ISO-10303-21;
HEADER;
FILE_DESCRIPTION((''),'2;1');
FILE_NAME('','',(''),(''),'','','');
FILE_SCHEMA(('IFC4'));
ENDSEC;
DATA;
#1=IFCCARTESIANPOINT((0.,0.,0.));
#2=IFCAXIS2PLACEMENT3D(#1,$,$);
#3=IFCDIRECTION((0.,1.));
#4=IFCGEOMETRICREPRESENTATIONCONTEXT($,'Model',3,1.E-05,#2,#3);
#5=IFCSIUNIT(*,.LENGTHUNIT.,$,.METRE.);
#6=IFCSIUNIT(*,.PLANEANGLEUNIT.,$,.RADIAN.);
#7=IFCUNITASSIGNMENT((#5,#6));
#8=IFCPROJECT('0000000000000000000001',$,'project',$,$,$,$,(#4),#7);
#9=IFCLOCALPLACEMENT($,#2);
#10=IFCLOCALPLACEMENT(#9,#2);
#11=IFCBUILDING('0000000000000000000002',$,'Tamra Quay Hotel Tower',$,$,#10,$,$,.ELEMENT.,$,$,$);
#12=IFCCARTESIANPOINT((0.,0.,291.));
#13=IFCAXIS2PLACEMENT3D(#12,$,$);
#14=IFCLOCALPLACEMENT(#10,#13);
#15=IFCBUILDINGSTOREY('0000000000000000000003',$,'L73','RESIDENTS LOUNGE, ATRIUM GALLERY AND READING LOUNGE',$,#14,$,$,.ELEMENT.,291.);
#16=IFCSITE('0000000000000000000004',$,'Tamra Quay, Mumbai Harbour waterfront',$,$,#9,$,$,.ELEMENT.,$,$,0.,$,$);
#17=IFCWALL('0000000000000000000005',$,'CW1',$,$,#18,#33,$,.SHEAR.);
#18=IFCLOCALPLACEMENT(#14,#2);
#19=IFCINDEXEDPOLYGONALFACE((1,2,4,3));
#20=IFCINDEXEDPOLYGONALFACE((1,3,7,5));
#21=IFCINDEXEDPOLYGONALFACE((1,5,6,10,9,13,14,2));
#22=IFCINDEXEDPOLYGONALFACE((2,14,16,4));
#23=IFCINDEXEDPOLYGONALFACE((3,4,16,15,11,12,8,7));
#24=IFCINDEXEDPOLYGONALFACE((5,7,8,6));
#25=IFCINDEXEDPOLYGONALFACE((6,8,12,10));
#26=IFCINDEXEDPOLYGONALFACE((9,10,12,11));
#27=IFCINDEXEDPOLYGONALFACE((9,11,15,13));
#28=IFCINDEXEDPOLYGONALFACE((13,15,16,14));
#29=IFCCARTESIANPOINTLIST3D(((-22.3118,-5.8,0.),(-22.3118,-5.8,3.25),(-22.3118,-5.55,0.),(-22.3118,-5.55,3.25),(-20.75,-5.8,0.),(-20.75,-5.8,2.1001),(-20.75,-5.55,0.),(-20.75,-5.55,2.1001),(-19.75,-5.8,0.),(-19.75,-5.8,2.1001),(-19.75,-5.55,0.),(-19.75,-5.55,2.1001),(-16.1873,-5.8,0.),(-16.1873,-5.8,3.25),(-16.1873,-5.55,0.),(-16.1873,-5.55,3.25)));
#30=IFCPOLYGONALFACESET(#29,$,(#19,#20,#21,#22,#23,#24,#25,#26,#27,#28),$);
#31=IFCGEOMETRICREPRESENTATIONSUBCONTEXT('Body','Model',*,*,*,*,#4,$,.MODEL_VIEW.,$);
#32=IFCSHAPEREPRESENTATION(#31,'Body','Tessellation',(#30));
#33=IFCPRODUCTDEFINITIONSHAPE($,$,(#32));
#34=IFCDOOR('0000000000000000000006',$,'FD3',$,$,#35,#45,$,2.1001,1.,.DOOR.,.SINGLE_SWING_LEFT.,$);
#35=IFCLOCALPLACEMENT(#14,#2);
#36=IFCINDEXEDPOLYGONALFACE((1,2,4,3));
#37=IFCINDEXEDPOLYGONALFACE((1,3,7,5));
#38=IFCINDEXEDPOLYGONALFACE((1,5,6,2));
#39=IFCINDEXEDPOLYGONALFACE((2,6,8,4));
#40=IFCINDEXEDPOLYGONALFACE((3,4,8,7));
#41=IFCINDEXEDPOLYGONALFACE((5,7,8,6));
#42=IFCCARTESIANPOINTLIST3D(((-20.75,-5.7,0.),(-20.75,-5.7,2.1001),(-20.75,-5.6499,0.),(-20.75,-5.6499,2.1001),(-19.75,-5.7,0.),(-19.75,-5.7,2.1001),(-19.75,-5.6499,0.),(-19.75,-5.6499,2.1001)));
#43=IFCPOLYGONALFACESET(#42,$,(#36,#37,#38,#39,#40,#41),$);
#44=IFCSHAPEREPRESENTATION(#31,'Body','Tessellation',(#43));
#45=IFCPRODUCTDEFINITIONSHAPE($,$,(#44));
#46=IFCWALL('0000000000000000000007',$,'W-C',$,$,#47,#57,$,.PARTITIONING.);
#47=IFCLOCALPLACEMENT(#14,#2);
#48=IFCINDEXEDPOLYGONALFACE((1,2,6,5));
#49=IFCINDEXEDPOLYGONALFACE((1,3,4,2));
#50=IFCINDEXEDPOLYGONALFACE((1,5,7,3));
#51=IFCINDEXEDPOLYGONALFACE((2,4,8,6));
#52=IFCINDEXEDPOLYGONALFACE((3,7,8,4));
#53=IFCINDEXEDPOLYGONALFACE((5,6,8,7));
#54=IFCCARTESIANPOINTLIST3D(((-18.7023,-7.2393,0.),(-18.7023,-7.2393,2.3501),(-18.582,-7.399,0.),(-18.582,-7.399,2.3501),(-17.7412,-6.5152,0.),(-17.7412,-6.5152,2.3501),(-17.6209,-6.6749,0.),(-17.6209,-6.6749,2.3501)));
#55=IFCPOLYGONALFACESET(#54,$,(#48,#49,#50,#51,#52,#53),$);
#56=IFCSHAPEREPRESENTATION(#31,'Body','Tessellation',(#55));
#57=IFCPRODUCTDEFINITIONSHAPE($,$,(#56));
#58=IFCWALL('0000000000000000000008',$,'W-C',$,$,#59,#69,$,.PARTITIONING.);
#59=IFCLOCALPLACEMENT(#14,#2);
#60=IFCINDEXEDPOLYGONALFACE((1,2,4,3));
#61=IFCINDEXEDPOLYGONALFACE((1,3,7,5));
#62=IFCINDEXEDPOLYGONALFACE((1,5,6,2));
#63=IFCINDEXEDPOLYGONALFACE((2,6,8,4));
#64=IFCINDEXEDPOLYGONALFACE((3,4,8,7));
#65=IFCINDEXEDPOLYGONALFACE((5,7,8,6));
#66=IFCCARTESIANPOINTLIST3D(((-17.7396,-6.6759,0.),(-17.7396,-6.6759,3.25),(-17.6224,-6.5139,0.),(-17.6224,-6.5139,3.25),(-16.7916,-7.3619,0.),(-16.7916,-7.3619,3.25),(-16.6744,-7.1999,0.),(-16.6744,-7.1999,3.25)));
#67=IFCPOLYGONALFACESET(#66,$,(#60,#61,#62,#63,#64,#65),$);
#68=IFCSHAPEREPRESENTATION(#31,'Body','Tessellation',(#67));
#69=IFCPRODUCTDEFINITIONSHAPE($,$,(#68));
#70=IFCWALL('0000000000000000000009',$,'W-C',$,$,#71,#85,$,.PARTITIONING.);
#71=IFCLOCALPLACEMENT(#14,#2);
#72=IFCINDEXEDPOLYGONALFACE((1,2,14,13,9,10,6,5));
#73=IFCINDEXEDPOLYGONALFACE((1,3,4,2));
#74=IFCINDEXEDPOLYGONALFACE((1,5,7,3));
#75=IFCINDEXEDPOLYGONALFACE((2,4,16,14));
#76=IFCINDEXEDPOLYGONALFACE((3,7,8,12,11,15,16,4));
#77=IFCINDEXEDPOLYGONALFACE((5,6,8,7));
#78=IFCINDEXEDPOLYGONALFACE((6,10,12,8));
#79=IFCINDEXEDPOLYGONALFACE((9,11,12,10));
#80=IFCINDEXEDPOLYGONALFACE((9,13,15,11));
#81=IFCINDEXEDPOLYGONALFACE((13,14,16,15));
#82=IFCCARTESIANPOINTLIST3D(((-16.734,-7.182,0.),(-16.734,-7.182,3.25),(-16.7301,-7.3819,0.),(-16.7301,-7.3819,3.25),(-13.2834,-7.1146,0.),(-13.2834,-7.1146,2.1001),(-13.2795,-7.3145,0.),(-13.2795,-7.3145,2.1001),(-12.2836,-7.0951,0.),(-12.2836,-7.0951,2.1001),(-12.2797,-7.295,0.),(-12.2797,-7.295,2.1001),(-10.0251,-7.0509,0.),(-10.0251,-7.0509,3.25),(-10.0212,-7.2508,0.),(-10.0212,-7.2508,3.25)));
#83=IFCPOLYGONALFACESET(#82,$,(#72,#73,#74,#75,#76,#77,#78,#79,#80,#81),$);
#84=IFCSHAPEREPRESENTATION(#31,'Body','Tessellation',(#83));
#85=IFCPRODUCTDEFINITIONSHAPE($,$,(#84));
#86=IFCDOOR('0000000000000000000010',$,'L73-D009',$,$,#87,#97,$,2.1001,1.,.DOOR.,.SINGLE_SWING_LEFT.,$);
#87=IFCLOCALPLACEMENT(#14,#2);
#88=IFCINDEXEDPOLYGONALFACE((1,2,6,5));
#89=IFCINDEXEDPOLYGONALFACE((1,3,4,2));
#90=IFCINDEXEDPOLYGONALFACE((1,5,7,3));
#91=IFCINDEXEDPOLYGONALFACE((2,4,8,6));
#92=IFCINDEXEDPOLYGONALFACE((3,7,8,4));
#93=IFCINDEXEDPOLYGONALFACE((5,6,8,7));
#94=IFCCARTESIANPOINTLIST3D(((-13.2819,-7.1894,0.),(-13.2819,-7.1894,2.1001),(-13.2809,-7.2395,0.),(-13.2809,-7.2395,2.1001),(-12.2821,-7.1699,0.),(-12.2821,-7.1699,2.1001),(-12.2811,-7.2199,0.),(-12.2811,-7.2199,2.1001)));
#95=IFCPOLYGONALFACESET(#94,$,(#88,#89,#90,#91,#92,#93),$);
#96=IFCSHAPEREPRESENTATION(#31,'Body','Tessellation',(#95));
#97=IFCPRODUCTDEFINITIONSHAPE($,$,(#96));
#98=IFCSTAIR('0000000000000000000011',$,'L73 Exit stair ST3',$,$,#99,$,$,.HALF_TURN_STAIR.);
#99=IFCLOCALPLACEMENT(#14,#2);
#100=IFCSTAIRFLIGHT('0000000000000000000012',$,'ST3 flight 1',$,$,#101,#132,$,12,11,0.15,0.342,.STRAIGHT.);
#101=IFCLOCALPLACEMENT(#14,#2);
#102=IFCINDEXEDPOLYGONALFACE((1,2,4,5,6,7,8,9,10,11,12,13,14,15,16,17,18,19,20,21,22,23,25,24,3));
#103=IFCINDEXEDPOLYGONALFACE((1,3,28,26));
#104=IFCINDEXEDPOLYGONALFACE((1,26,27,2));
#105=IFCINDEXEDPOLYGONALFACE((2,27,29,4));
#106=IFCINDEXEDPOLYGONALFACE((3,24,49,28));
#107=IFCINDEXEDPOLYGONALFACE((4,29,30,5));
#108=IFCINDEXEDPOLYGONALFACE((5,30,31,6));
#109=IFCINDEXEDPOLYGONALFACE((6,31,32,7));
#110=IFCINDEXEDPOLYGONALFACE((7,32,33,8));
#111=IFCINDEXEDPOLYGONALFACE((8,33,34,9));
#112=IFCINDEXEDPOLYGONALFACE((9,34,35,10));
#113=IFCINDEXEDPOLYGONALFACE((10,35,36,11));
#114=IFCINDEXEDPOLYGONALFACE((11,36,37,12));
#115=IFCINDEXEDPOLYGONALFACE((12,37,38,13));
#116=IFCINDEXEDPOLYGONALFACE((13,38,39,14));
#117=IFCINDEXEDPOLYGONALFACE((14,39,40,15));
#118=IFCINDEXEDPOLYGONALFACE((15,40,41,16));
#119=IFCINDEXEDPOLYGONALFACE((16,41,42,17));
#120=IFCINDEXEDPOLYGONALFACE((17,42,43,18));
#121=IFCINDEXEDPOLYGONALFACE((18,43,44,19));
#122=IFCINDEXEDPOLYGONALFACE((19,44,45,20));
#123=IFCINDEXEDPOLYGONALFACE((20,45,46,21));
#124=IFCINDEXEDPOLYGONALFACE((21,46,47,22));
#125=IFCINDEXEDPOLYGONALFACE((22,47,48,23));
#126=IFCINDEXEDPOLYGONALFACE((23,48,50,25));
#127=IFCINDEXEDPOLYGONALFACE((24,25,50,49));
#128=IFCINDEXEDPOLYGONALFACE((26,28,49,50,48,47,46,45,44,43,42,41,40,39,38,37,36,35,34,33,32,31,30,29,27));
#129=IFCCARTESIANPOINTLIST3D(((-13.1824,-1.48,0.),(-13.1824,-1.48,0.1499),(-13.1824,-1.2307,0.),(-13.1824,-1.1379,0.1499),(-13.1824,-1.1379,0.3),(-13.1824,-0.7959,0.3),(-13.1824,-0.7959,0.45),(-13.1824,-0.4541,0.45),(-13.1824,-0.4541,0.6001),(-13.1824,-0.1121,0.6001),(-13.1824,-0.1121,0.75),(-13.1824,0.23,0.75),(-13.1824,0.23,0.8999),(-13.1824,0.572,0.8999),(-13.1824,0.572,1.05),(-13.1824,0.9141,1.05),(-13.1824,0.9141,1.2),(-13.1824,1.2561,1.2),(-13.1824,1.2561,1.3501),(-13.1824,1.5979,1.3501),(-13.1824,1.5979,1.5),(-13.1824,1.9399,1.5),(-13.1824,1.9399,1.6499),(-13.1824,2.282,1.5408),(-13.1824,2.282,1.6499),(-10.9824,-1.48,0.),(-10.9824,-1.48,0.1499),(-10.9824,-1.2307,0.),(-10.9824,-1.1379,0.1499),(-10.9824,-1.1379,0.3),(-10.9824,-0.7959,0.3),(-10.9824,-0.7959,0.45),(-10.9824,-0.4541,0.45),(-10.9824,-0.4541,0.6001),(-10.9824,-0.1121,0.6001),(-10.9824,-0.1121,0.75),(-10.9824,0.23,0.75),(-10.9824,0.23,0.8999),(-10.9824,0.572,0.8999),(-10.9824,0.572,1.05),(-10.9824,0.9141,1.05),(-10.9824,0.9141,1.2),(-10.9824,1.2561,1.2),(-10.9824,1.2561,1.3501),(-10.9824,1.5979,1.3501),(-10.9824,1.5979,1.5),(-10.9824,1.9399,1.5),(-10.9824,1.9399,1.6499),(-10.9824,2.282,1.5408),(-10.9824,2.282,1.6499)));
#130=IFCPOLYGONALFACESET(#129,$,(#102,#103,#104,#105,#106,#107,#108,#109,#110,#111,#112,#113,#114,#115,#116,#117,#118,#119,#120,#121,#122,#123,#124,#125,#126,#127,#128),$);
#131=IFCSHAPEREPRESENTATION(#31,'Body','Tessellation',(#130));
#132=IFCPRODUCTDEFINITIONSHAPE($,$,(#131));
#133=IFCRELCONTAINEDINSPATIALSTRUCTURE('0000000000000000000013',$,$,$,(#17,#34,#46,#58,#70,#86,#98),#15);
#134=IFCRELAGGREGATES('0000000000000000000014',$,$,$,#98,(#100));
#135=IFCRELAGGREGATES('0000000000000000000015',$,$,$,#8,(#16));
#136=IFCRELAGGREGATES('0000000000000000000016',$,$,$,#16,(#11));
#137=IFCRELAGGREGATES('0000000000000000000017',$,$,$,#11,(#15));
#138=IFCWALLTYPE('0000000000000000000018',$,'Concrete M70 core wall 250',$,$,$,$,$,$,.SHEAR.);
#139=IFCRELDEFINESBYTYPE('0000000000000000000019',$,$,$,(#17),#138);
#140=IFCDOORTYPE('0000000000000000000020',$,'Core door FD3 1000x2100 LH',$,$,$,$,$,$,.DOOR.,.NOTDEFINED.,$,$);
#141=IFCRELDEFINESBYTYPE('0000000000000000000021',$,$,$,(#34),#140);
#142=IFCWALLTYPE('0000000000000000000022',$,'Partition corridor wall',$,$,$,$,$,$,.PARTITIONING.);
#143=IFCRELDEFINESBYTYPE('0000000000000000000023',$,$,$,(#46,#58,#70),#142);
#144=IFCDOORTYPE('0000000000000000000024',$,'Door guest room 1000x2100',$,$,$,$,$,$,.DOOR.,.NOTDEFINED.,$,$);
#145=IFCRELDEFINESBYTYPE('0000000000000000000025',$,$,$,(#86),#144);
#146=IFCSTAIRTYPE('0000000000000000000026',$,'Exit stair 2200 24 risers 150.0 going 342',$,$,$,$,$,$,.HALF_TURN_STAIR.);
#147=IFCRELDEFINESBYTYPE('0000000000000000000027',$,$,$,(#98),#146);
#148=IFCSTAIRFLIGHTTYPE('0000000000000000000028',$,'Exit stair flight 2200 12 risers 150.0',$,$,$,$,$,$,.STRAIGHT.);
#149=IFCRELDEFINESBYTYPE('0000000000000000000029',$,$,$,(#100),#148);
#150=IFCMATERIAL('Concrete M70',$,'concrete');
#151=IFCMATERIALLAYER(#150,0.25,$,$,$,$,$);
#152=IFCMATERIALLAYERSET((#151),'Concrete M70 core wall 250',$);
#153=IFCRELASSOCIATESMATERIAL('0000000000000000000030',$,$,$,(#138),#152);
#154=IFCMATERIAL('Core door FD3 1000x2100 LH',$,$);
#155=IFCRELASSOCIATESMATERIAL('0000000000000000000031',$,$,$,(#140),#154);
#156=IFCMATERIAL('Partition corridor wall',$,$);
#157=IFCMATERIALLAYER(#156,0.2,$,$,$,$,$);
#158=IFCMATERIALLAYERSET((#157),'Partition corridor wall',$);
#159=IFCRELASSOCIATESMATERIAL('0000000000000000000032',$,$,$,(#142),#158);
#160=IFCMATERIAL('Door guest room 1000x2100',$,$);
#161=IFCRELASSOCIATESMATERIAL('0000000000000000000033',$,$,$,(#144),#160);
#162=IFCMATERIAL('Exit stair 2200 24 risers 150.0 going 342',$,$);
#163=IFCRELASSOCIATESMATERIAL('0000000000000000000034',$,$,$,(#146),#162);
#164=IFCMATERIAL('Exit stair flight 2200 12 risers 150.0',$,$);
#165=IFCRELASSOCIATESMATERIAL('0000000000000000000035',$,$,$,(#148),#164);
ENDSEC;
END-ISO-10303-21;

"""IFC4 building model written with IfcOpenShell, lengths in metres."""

from ifc_helpers import new_model, si_unit, direction, frame, frame_2d, origin, place, context, subcontext, project, spatial, polyline, rectangle, outline, extrude, material, layer, layer_set, type_object, element, fill, aggregate, save


model = new_model("IFC4")

# Units and contexts
model_context = context("Model", 3, precision=1e-05, world=origin(), true_north=direction((0.0, 1.0)))
body_context = subcontext(model_context, "Body", "Model", "MODEL_VIEW")
ifc_project = project(units=[si_unit("LENGTHUNIT", "METRE"), si_unit("PLANEANGLEUNIT", "RADIAN")], contexts=[model_context])

# Site, building, storey
site_placement = place(None, origin())
site = spatial("IfcSite", under=ifc_project, at=site_placement, Name="Tamra Quay, Mumbai Harbour waterfront", CompositionType="ELEMENT", RefElevation=0.0)
building_placement = place(site_placement, origin())
building = spatial("IfcBuilding", under=site, at=building_placement, Name="Tamra Quay Hotel Tower", CompositionType="ELEMENT")
storey_placement = place(building_placement, frame((0.0, 0.0, 291.0)))
storey = spatial("IfcBuildingStorey", under=building, at=storey_placement, Name="L73", Description="RESIDENTS LOUNGE, ATRIUM GALLERY AND READING LOUNGE", CompositionType="ELEMENT", Elevation=291.0)

# Shared definitions
ifc_material_1 = material(Name="Concrete M70", Category="concrete")

# Wall, opening, door
ifc_layer_1 = layer(ifc_material_1, 0.25)
ifc_layer_set_1 = layer_set([ifc_layer_1], Name="Concrete M70 core wall 250")
wall_type_1 = type_object("IfcWallType", Name="Concrete M70 core wall 250", PredefinedType="SHEAR", material=ifc_layer_set_1)
wall_1_placement = place(storey_placement, frame((-16.1873, -5.675, 0.0), z_axis=(0.0, 0.0, 1.0), x_axis=(-1.0, 0.0, 0.0)))
wall_1 = element("IfcWall", 1, at=wall_1_placement, inside=storey, type_object=wall_type_1, Name="CW1", PredefinedType="SHEAR", context=body_context, shape_type="SweptSolid", body=[
    extrude(rectangle(XDim=6.1245, YDim=0.25, at=frame_2d((3.0623, 0.0))), origin(), (0.0, 0.0, 1.0), 3.25),
])
opening_1_placement = place(wall_1_placement, frame((3.5627, 0.0, 0.0)))
opening_1 = element("IfcOpeningElement", 2, at=opening_1_placement, cuts=wall_1, PredefinedType="OPENING", context=body_context, shape_type="SweptSolid", body=[
    extrude(rectangle(XDim=1.0, YDim=2.1001, at=frame_2d((0.5, 1.05))), frame((0.0, 0.135, 0.0), z_axis=(0.0, -1.0, 0.0), x_axis=(1.0, 0.0, 0.0)), (0.0, 0.0, 1.0), 0.27),
])
ifc_material_2 = material(Name="Core door FD3 1000x2100 LH")
door_type_1 = type_object("IfcDoorType", Name="Core door FD3 1000x2100 LH", OperationType="NOTDEFINED", PredefinedType="DOOR", material=ifc_material_2)
door_1_placement = place(opening_1_placement, origin())
door_1 = element("IfcDoor", 3, at=door_1_placement, inside=storey, type_object=door_type_1, Name="FD3", OperationType="SINGLE_SWING_LEFT", OverallHeight=2.1001, OverallWidth=1.0, PredefinedType="DOOR", context=body_context, shape_type="SweptSolid", body=[
    extrude(rectangle(XDim=1.0, YDim=2.1001, at=frame_2d((0.5, 1.05))), frame((0.0, 0.0249, 0.0), z_axis=(0.0, -1.0, 0.0), x_axis=(1.0, 0.0, 0.0)), (0.0, 0.0, 1.0), 0.05),
])
fill(opening_1, door_1)

# Walls
ifc_material_3 = material(Name="Partition corridor wall")
ifc_layer_2 = layer(ifc_material_3, 0.2)
ifc_layer_set_2 = layer_set([ifc_layer_2], Name="Partition corridor wall")
wall_type_2 = type_object("IfcWallType", Name="Partition corridor wall", PredefinedType="PARTITIONING", material=ifc_layer_set_2)
wall_2_placement = place(storey_placement, frame((-18.6421, -7.3191, 0.0), z_axis=(0.0, 0.0, 1.0), x_axis=(0.798708, 0.601719, 0.0)))
element("IfcWall", 4, at=wall_2_placement, inside=storey, type_object=wall_type_2, Name="W-C", PredefinedType="PARTITIONING", context=body_context, shape_type="SweptSolid", body=[
    extrude(rectangle(XDim=1.2034, YDim=0.2, at=frame_2d((0.6016, 0.0))), origin(), (0.0, 0.0, 1.0), 2.3501),
])
wall_3_placement = place(storey_placement, frame((-17.6809, -6.595, 0.0), z_axis=(0.0, 0.0, 1.0), x_axis=(0.810123, -0.58626, 0.0)))
element("IfcWall", 5, at=wall_3_placement, inside=storey, type_object=wall_type_2, Name="W-C", PredefinedType="PARTITIONING", context=body_context, shape_type="SweptSolid", body=[
    extrude(rectangle(XDim=1.1702, YDim=0.2, at=frame_2d((0.585, 0.0))), origin(), (0.0, 0.0, 1.0), 3.25),
])

# Wall, opening, door
wall_4_placement = place(storey_placement, frame((-16.7319, -7.282, 0.0), z_axis=(0.0, 0.0, 1.0), x_axis=(0.999809, 0.019538, 0.0)))
wall_4 = element("IfcWall", 6, at=wall_4_placement, inside=storey, type_object=wall_type_2, Name="W-C", PredefinedType="PARTITIONING", context=body_context, shape_type="SweptSolid", body=[
    extrude(rectangle(XDim=6.7102, YDim=0.2, at=frame_2d((3.355, 0.0))), origin(), (0.0, 0.0, 1.0), 3.25),
])
opening_2_placement = place(wall_4_placement, frame((3.4512, 0.0, 0.0)))
opening_2 = element("IfcOpeningElement", 7, at=opening_2_placement, cuts=wall_4, PredefinedType="OPENING", context=body_context, shape_type="SweptSolid", body=[
    extrude(rectangle(XDim=1.0, YDim=2.1001, at=frame_2d((0.5, 1.05))), frame((0.0, 0.1099, 0.0), z_axis=(0.0, -1.0, 0.0), x_axis=(1.0, 0.0, 0.0)), (0.0, 0.0, 1.0), 0.22),
])
ifc_material_4 = material(Name="Door guest room 1000x2100")
door_type_2 = type_object("IfcDoorType", Name="Door guest room 1000x2100", OperationType="NOTDEFINED", PredefinedType="DOOR", material=ifc_material_4)
door_2_placement = place(opening_2_placement, frame((1.0, 0.0, 0.0), z_axis=(0.0, 0.0, 1.0), x_axis=(-1.0, 0.0, 0.0)))
door_2 = element("IfcDoor", 8, at=door_2_placement, inside=storey, type_object=door_type_2, Name="L73-D009", OperationType="SINGLE_SWING_LEFT", OverallHeight=2.1001, OverallWidth=1.0, PredefinedType="DOOR", context=body_context, shape_type="SweptSolid", body=[
    extrude(rectangle(XDim=1.0, YDim=2.1001, at=frame_2d((0.5, 1.05))), frame((0.0, 0.0249, 0.0), z_axis=(0.0, -1.0, 0.0), x_axis=(1.0, 0.0, 0.0)), (0.0, 0.0, 1.0), 0.05),
])
fill(opening_2, door_2)

# Stair, stair flight
ifc_material_5 = material(Name="Exit stair 2200 24 risers 150.0 going 342")
stair_type = type_object("IfcStairType", Name="Exit stair 2200 24 risers 150.0 going 342", PredefinedType="HALF_TURN_STAIR", material=ifc_material_5)
stair_placement = place(storey_placement, origin())
stair = element("IfcStair", 9, at=stair_placement, inside=storey, type_object=stair_type, Name="L73 Exit stair ST3", PredefinedType="HALF_TURN_STAIR")
ifc_material_6 = material(Name="Exit stair flight 2200 12 risers 150.0")
stair_flight_type = type_object("IfcStairFlightType", Name="Exit stair flight 2200 12 risers 150.0", PredefinedType="STRAIGHT", material=ifc_material_6)
stair_flight_placement = place(storey_placement, frame((-12.0823, -1.48, 0.0), z_axis=(0.0, 0.0, 1.0), x_axis=(0.0, 1.0, 0.0)))
stair_flight = element("IfcStairFlight", 10, at=stair_flight_placement, type_object=stair_flight_type, Name="ST3 flight 1", NumberOfRisers=12, NumberOfTreads=11, PredefinedType="STRAIGHT", RiserHeight=0.15, TreadLength=0.342, context=body_context, shape_type="SweptSolid", body=[
    extrude(outline(polyline([(0.0, 0.0), (0.0, 0.1499), (0.342, 0.1499), (0.342, 0.3), (0.6841, 0.3), (0.6841, 0.45), (1.0259, 0.45), (1.0259, 0.6001), (1.3679, 0.6001), (1.3679, 0.75), (1.71, 0.75), (1.71, 0.8999), (2.052, 0.8999), (2.052, 1.05), (2.394, 1.05), (2.394, 1.2), (2.7361, 1.2), (2.7361, 1.3501), (3.0779, 1.3501), (3.0779, 1.5), (3.4199, 1.5), (3.4199, 1.6499), (3.762, 1.6499), (3.762, 1.8), (3.762, 1.5408), (0.2493, 0.0), (0.0, 0.0)])), frame((0.0, 1.1001, 0.0), z_axis=(0.0, -1.0, 0.0), x_axis=(1.0, 0.0, 0.0)), (0.0, 0.0, 1.0), 2.2),
])
aggregate(stair, [stair_flight])

save(model, "model.ifc")
